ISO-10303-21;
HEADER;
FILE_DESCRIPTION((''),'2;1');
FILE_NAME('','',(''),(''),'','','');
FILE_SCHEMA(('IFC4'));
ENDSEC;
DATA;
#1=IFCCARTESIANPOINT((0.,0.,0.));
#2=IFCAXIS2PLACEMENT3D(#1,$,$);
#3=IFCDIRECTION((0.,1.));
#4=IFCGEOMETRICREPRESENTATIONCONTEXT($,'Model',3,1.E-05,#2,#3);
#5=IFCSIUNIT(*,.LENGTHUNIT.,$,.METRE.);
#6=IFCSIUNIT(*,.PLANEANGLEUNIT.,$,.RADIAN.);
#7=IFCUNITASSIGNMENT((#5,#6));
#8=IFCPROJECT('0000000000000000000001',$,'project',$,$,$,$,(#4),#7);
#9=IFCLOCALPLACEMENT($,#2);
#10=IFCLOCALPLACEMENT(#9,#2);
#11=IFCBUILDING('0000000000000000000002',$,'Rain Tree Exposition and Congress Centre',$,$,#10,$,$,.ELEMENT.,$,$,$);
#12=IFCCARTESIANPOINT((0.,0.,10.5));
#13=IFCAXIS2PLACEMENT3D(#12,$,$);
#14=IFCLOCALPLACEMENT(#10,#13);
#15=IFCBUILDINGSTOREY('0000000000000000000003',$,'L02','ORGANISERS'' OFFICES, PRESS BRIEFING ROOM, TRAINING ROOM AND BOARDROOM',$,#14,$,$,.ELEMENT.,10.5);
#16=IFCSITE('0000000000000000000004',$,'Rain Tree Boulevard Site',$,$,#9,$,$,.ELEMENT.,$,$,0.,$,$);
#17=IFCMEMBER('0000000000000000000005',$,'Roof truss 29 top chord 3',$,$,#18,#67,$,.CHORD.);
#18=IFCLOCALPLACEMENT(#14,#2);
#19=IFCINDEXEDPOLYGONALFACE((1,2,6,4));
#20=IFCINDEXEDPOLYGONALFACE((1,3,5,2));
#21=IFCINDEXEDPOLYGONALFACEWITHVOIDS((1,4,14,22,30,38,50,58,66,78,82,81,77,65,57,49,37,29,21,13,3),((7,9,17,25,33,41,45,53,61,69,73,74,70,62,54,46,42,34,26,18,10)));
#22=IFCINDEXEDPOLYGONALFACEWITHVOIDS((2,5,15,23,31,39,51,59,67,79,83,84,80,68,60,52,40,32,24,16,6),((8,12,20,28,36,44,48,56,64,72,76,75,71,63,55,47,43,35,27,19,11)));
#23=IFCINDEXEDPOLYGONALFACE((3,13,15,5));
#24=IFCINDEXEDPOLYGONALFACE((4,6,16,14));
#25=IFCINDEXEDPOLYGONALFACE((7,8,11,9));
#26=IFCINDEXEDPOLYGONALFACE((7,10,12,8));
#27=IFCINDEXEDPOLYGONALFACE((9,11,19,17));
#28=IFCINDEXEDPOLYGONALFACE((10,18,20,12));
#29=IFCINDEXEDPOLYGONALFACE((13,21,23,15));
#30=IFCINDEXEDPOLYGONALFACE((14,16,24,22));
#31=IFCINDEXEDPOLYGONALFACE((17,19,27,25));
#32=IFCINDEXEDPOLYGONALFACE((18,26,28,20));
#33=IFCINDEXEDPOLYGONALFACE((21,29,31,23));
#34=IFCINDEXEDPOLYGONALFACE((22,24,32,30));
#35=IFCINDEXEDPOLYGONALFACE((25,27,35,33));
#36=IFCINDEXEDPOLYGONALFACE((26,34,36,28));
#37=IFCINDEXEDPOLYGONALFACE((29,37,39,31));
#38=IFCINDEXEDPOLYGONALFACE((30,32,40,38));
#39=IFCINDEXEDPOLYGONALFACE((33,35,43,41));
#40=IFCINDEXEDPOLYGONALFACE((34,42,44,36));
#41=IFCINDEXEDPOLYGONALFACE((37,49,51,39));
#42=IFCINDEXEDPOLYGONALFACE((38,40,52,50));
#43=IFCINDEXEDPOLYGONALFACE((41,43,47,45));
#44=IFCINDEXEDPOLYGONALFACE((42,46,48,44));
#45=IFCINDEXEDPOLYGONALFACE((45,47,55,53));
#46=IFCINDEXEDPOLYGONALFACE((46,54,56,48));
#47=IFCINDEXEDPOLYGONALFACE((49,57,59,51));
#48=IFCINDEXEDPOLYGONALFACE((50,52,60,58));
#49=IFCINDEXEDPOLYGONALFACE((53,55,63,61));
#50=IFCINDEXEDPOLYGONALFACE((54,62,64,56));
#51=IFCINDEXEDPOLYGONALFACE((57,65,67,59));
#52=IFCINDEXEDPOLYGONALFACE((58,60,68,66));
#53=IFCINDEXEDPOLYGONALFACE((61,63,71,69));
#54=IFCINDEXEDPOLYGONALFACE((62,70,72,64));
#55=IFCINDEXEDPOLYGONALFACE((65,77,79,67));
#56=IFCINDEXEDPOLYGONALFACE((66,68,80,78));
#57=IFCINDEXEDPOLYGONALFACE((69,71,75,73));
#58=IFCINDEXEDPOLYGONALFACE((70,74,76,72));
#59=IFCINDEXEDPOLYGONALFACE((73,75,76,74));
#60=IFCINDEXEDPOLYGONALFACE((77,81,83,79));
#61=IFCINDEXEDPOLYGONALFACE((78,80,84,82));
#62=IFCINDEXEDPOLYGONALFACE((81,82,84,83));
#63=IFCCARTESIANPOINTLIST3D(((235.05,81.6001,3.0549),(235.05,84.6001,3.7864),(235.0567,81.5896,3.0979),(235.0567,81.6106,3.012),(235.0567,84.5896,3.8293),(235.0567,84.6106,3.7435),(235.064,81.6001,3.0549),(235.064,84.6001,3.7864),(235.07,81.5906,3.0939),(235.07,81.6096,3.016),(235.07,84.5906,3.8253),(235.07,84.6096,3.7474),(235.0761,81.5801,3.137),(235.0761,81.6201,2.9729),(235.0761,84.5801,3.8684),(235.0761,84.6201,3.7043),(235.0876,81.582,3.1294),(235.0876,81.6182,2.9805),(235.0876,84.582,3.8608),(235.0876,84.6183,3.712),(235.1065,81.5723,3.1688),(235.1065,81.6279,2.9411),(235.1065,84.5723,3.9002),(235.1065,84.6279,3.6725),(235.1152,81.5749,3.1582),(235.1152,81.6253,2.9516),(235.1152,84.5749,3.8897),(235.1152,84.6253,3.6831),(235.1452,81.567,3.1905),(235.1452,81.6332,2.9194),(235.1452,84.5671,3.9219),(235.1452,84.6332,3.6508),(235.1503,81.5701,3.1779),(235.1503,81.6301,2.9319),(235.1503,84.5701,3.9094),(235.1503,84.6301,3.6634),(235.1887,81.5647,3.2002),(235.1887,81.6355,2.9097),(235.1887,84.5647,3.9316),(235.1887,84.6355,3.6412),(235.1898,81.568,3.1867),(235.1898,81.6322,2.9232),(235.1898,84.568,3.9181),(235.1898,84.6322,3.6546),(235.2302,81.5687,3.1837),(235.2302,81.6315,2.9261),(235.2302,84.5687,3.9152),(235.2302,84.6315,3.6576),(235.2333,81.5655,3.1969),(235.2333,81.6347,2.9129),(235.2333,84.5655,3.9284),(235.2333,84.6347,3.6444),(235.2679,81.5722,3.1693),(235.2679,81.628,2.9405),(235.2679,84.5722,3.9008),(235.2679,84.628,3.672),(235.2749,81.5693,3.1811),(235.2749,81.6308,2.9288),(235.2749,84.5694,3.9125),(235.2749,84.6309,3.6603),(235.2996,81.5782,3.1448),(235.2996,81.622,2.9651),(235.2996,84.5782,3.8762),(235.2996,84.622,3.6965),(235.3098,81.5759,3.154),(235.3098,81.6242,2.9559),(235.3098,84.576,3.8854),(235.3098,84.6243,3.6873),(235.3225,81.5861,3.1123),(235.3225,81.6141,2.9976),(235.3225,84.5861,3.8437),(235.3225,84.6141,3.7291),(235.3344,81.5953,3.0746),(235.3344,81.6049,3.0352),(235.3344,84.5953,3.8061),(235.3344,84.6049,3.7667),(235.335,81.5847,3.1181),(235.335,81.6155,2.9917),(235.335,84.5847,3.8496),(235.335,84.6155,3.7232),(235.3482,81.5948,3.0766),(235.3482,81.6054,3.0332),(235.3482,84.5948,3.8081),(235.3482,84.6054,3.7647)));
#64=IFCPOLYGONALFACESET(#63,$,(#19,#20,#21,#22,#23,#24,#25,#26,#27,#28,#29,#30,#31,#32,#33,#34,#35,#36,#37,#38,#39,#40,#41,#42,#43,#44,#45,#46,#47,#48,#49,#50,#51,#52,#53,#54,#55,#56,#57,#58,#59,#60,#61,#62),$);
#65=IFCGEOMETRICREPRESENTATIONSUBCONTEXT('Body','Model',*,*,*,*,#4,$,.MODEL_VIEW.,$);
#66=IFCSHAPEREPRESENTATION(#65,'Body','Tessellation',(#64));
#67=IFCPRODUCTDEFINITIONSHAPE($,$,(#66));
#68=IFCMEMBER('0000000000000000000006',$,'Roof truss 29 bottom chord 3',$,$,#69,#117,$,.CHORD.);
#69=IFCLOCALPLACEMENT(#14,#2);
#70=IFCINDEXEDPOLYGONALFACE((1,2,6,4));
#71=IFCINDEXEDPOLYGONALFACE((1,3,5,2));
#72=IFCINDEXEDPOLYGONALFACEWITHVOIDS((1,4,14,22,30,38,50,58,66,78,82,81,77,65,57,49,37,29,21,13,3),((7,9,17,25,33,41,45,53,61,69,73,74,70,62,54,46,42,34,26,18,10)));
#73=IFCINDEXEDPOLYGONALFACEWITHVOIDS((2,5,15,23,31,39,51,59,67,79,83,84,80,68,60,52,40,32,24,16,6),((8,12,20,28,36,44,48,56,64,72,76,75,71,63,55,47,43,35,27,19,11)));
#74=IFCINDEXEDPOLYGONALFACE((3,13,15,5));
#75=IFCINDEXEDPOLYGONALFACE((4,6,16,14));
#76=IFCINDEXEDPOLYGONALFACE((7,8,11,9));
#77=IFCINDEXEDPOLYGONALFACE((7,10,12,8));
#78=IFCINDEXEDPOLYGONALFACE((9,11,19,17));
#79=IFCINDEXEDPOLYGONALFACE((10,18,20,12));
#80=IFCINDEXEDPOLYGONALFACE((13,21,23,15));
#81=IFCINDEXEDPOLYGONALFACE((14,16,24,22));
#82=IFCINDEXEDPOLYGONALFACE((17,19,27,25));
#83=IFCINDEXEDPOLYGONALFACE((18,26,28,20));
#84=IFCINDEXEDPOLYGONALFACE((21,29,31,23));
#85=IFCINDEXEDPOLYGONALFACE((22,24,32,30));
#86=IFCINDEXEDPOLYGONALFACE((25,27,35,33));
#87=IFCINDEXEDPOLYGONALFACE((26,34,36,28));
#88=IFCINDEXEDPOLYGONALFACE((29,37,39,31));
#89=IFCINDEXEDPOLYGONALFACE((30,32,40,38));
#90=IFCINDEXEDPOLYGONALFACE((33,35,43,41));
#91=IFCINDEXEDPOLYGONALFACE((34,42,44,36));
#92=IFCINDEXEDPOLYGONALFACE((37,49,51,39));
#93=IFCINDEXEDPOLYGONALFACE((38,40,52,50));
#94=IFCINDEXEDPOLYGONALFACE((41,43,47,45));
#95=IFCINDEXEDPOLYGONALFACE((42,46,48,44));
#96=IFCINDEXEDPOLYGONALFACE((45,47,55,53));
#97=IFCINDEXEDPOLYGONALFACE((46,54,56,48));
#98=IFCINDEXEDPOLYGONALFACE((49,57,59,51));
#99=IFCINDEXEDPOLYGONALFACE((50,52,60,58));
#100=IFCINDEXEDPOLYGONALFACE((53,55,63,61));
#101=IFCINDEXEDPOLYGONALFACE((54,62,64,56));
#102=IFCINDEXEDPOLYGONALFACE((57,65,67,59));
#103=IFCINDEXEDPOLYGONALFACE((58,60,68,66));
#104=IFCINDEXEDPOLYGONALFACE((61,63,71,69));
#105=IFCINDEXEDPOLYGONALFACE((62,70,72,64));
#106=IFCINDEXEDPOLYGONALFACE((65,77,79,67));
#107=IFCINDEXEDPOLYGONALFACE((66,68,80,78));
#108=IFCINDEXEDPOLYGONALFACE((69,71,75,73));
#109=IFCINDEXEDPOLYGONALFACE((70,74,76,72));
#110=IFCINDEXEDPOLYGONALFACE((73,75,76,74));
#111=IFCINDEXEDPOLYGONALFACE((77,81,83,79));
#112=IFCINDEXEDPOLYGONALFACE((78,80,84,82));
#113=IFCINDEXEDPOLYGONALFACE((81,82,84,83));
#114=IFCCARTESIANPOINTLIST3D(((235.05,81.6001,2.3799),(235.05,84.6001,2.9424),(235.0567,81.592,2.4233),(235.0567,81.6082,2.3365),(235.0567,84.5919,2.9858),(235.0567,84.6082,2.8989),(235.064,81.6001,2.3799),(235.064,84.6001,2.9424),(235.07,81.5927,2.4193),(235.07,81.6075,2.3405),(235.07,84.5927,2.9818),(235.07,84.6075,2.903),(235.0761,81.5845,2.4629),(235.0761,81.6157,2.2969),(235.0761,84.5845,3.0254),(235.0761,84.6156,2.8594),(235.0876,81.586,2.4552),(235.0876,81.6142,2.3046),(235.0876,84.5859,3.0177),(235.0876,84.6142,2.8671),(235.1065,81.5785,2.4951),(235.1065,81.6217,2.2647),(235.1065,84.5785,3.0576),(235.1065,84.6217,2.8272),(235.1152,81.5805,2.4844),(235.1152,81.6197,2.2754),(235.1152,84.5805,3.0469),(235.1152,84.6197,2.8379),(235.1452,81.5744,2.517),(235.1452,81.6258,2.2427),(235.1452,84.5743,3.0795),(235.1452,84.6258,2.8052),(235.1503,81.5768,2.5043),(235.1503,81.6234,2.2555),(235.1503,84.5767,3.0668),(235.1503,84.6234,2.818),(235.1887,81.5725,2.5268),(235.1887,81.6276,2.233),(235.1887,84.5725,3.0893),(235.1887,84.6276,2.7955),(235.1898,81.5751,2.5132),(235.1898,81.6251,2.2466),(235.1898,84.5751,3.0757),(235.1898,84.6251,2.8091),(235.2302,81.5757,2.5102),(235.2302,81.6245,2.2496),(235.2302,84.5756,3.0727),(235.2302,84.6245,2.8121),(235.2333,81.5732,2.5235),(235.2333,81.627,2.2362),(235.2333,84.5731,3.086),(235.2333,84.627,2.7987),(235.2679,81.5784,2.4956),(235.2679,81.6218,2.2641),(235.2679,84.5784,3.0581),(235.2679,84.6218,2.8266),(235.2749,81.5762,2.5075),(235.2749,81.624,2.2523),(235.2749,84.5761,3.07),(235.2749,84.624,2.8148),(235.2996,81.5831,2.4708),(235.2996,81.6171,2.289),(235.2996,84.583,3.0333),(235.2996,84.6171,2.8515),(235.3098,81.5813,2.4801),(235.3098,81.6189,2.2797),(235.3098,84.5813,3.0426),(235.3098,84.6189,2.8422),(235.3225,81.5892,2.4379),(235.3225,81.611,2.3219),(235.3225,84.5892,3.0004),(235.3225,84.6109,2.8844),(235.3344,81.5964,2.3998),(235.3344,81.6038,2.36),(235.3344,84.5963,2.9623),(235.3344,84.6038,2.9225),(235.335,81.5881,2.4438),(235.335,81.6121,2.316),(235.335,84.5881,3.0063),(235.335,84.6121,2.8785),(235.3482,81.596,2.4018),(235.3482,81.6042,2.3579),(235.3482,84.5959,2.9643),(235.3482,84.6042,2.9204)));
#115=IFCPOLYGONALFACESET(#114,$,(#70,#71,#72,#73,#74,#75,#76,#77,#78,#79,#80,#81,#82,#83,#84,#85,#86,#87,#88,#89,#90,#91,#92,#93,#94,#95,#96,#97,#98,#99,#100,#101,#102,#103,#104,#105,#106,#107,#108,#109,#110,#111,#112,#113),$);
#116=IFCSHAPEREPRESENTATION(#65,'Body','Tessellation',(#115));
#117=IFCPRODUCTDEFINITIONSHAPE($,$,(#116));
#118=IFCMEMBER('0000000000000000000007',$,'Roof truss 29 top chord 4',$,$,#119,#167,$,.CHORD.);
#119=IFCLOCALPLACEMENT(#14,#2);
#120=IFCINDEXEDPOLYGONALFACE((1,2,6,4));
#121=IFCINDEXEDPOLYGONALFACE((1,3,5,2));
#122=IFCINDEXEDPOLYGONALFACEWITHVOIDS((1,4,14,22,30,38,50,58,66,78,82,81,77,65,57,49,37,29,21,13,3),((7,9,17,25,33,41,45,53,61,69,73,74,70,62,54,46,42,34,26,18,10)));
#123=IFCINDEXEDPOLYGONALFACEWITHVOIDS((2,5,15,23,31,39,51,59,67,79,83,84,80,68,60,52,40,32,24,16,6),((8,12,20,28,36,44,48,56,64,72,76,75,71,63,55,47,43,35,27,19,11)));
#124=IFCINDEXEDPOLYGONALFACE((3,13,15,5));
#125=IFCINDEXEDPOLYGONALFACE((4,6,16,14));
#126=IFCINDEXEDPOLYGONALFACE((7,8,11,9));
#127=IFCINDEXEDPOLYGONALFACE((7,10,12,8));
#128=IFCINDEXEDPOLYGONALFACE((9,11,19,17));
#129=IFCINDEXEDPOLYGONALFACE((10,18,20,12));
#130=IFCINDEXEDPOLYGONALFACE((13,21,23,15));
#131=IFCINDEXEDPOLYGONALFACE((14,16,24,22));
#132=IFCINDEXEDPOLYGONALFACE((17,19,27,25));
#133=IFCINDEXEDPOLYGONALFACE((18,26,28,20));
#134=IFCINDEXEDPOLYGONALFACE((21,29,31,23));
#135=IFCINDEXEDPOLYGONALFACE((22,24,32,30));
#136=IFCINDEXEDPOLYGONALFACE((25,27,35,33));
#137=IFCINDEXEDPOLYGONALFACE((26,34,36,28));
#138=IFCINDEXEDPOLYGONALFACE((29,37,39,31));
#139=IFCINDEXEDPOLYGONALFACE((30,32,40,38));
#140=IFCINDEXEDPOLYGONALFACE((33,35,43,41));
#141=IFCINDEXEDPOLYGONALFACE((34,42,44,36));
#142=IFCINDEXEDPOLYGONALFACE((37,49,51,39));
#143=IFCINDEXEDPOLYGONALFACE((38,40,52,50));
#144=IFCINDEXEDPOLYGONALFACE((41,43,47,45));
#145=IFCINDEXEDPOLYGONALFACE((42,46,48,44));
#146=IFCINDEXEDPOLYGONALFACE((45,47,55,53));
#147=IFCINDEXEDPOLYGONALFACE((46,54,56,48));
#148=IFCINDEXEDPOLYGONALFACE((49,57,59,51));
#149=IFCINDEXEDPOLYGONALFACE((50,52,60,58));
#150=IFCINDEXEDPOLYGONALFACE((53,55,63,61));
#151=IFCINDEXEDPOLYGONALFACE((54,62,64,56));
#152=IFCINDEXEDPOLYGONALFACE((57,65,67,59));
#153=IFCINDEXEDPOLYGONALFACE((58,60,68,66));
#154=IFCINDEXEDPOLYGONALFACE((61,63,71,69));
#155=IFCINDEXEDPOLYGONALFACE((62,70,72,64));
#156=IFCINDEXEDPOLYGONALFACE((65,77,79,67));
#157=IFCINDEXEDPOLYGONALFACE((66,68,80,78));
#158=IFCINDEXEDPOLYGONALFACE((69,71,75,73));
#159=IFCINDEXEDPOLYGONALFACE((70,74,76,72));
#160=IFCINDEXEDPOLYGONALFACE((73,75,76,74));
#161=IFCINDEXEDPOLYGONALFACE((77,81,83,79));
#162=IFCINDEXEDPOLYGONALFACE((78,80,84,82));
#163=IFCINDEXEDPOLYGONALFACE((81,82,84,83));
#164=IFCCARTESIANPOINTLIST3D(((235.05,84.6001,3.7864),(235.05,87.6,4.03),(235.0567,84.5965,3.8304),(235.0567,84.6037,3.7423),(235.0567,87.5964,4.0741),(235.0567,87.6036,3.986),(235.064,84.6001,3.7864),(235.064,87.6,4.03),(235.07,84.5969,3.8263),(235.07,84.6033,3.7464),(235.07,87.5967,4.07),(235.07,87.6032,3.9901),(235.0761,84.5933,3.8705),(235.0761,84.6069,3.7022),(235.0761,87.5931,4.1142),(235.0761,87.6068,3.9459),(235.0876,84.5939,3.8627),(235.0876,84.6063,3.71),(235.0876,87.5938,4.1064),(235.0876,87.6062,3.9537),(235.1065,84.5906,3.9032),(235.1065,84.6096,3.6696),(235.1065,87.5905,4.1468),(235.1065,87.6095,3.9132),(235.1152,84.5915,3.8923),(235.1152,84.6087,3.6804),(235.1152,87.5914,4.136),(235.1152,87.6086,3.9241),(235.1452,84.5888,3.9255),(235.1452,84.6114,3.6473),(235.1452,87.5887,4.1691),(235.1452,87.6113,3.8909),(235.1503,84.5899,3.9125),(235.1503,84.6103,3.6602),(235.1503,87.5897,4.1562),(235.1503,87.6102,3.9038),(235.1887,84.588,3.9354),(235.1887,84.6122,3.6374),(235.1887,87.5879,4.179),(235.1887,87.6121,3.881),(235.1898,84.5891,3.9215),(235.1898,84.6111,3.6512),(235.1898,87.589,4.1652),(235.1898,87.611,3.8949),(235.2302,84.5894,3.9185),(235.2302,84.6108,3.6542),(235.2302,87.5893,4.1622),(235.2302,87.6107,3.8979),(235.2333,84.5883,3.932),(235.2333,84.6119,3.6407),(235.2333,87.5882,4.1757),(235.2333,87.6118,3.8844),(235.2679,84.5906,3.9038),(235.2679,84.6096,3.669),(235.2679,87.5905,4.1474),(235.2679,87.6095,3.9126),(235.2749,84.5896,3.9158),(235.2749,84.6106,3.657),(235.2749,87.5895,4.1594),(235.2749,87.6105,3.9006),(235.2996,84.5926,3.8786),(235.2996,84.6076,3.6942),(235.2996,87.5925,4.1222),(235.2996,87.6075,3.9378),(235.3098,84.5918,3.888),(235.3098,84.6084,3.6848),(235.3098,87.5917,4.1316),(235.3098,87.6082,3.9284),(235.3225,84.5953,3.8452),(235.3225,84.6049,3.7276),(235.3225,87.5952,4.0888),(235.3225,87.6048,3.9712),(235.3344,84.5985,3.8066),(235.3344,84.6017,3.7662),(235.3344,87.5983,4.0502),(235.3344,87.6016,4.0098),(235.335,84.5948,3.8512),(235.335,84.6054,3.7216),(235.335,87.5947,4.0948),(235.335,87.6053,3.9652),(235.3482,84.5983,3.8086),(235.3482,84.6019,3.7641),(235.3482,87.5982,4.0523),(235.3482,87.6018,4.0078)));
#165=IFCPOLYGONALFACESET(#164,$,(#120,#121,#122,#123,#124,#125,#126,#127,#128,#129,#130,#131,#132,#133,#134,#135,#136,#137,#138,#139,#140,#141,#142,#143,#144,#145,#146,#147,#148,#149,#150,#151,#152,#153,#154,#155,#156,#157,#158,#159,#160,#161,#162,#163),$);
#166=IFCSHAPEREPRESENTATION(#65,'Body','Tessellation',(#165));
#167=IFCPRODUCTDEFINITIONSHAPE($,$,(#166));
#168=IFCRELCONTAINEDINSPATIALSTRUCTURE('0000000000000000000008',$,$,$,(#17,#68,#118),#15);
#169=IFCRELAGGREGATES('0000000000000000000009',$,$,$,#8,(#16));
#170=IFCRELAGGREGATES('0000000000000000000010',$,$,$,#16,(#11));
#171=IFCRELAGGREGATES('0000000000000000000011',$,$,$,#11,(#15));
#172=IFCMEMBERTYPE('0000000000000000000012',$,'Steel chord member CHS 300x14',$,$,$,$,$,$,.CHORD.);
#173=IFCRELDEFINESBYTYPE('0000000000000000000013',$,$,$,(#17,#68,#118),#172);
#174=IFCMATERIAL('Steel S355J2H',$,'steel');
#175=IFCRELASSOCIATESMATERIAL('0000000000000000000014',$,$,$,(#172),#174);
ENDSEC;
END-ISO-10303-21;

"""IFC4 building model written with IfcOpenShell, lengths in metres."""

from ifc_helpers import new_model, si_unit, direction, frame, origin, origin_2d, place, context, subcontext, project, spatial, hollow_circle, extrude, material, material_profile, profile_set, type_object, element, save


model = new_model("IFC4")

# Units and contexts
model_context = context("Model", 3, precision=1e-05, world=origin(), true_north=direction((0.0, 1.0)))
body_context = subcontext(model_context, "Body", "Model", "MODEL_VIEW")
ifc_project = project(units=[si_unit("LENGTHUNIT", "METRE"), si_unit("PLANEANGLEUNIT", "RADIAN")], contexts=[model_context])

# Site, building, storey
site_placement = place(None, origin())
site = spatial("IfcSite", under=ifc_project, at=site_placement, Name="Rain Tree Boulevard Site", CompositionType="ELEMENT", RefElevation=0.0)
building_placement = place(site_placement, origin())
building = spatial("IfcBuilding", under=site, at=building_placement, Name="Rain Tree Exposition and Congress Centre", CompositionType="ELEMENT")
storey_placement = place(building_placement, frame((0.0, 0.0, 10.5)))
storey = spatial("IfcBuildingStorey", under=building, at=storey_placement, Name="L02", Description="ORGANISERS' OFFICES, PRESS BRIEFING ROOM, TRAINING ROOM AND BOARDROOM", CompositionType="ELEMENT", Elevation=10.5)

# Members
ifc_material_1 = material(Name="Steel S355J2H", Category="steel")
ifc_material_profile_1 = material_profile(ifc_material_1, hollow_circle(Radius=0.1499, WallThickness=0.0139, at=origin_2d()), Name="CHS 300x14")
ifc_profile_set_1 = profile_set([ifc_material_profile_1], Name="Steel S355J2H")
member_type_1 = type_object("IfcMemberType", Name="Steel chord member CHS 300x14", PredefinedType="CHORD", material=ifc_profile_set_1)
member_1_placement = place(storey_placement, frame((235.2, 81.6001, 3.0549), z_axis=(0.0, 0.97154, 0.236876), x_axis=(-1.0, 0.0, 0.0)))
element("IfcMember", 1, at=member_1_placement, inside=storey, type_object=member_type_1, Name="Roof truss 29 top chord 3", PredefinedType="CHORD", context=body_context, shape_type="SweptSolid", body=[
    extrude(hollow_circle(Radius=0.1499, WallThickness=0.0139, at=origin_2d()), origin(), (0.0, 0.0, 1.0), 3.0879),
])
member_2_placement = place(storey_placement, frame((235.2, 81.6001, 2.3799), z_axis=(0.0, 0.982872, 0.184289), x_axis=(-1.0, 0.0, 0.0)))
element("IfcMember", 2, at=member_2_placement, inside=storey, type_object=member_type_1, Name="Roof truss 29 bottom chord 3", PredefinedType="CHORD", context=body_context, shape_type="SweptSolid", body=[
    extrude(hollow_circle(Radius=0.1499, WallThickness=0.0139, at=origin_2d()), origin(), (0.0, 0.0, 1.0), 3.0522),
])
member_3_placement = place(storey_placement, frame((235.2, 84.6001, 3.7864), z_axis=(0.0, 0.996718, 0.080951), x_axis=(-1.0, 0.0, 0.0)))
element("IfcMember", 3, at=member_3_placement, inside=storey, type_object=member_type_1, Name="Roof truss 29 top chord 4", PredefinedType="CHORD", context=body_context, shape_type="SweptSolid", body=[
    extrude(hollow_circle(Radius=0.1499, WallThickness=0.0139, at=origin_2d()), origin(), (0.0, 0.0, 1.0), 3.0098),
])

save(model, "model.ifc")
